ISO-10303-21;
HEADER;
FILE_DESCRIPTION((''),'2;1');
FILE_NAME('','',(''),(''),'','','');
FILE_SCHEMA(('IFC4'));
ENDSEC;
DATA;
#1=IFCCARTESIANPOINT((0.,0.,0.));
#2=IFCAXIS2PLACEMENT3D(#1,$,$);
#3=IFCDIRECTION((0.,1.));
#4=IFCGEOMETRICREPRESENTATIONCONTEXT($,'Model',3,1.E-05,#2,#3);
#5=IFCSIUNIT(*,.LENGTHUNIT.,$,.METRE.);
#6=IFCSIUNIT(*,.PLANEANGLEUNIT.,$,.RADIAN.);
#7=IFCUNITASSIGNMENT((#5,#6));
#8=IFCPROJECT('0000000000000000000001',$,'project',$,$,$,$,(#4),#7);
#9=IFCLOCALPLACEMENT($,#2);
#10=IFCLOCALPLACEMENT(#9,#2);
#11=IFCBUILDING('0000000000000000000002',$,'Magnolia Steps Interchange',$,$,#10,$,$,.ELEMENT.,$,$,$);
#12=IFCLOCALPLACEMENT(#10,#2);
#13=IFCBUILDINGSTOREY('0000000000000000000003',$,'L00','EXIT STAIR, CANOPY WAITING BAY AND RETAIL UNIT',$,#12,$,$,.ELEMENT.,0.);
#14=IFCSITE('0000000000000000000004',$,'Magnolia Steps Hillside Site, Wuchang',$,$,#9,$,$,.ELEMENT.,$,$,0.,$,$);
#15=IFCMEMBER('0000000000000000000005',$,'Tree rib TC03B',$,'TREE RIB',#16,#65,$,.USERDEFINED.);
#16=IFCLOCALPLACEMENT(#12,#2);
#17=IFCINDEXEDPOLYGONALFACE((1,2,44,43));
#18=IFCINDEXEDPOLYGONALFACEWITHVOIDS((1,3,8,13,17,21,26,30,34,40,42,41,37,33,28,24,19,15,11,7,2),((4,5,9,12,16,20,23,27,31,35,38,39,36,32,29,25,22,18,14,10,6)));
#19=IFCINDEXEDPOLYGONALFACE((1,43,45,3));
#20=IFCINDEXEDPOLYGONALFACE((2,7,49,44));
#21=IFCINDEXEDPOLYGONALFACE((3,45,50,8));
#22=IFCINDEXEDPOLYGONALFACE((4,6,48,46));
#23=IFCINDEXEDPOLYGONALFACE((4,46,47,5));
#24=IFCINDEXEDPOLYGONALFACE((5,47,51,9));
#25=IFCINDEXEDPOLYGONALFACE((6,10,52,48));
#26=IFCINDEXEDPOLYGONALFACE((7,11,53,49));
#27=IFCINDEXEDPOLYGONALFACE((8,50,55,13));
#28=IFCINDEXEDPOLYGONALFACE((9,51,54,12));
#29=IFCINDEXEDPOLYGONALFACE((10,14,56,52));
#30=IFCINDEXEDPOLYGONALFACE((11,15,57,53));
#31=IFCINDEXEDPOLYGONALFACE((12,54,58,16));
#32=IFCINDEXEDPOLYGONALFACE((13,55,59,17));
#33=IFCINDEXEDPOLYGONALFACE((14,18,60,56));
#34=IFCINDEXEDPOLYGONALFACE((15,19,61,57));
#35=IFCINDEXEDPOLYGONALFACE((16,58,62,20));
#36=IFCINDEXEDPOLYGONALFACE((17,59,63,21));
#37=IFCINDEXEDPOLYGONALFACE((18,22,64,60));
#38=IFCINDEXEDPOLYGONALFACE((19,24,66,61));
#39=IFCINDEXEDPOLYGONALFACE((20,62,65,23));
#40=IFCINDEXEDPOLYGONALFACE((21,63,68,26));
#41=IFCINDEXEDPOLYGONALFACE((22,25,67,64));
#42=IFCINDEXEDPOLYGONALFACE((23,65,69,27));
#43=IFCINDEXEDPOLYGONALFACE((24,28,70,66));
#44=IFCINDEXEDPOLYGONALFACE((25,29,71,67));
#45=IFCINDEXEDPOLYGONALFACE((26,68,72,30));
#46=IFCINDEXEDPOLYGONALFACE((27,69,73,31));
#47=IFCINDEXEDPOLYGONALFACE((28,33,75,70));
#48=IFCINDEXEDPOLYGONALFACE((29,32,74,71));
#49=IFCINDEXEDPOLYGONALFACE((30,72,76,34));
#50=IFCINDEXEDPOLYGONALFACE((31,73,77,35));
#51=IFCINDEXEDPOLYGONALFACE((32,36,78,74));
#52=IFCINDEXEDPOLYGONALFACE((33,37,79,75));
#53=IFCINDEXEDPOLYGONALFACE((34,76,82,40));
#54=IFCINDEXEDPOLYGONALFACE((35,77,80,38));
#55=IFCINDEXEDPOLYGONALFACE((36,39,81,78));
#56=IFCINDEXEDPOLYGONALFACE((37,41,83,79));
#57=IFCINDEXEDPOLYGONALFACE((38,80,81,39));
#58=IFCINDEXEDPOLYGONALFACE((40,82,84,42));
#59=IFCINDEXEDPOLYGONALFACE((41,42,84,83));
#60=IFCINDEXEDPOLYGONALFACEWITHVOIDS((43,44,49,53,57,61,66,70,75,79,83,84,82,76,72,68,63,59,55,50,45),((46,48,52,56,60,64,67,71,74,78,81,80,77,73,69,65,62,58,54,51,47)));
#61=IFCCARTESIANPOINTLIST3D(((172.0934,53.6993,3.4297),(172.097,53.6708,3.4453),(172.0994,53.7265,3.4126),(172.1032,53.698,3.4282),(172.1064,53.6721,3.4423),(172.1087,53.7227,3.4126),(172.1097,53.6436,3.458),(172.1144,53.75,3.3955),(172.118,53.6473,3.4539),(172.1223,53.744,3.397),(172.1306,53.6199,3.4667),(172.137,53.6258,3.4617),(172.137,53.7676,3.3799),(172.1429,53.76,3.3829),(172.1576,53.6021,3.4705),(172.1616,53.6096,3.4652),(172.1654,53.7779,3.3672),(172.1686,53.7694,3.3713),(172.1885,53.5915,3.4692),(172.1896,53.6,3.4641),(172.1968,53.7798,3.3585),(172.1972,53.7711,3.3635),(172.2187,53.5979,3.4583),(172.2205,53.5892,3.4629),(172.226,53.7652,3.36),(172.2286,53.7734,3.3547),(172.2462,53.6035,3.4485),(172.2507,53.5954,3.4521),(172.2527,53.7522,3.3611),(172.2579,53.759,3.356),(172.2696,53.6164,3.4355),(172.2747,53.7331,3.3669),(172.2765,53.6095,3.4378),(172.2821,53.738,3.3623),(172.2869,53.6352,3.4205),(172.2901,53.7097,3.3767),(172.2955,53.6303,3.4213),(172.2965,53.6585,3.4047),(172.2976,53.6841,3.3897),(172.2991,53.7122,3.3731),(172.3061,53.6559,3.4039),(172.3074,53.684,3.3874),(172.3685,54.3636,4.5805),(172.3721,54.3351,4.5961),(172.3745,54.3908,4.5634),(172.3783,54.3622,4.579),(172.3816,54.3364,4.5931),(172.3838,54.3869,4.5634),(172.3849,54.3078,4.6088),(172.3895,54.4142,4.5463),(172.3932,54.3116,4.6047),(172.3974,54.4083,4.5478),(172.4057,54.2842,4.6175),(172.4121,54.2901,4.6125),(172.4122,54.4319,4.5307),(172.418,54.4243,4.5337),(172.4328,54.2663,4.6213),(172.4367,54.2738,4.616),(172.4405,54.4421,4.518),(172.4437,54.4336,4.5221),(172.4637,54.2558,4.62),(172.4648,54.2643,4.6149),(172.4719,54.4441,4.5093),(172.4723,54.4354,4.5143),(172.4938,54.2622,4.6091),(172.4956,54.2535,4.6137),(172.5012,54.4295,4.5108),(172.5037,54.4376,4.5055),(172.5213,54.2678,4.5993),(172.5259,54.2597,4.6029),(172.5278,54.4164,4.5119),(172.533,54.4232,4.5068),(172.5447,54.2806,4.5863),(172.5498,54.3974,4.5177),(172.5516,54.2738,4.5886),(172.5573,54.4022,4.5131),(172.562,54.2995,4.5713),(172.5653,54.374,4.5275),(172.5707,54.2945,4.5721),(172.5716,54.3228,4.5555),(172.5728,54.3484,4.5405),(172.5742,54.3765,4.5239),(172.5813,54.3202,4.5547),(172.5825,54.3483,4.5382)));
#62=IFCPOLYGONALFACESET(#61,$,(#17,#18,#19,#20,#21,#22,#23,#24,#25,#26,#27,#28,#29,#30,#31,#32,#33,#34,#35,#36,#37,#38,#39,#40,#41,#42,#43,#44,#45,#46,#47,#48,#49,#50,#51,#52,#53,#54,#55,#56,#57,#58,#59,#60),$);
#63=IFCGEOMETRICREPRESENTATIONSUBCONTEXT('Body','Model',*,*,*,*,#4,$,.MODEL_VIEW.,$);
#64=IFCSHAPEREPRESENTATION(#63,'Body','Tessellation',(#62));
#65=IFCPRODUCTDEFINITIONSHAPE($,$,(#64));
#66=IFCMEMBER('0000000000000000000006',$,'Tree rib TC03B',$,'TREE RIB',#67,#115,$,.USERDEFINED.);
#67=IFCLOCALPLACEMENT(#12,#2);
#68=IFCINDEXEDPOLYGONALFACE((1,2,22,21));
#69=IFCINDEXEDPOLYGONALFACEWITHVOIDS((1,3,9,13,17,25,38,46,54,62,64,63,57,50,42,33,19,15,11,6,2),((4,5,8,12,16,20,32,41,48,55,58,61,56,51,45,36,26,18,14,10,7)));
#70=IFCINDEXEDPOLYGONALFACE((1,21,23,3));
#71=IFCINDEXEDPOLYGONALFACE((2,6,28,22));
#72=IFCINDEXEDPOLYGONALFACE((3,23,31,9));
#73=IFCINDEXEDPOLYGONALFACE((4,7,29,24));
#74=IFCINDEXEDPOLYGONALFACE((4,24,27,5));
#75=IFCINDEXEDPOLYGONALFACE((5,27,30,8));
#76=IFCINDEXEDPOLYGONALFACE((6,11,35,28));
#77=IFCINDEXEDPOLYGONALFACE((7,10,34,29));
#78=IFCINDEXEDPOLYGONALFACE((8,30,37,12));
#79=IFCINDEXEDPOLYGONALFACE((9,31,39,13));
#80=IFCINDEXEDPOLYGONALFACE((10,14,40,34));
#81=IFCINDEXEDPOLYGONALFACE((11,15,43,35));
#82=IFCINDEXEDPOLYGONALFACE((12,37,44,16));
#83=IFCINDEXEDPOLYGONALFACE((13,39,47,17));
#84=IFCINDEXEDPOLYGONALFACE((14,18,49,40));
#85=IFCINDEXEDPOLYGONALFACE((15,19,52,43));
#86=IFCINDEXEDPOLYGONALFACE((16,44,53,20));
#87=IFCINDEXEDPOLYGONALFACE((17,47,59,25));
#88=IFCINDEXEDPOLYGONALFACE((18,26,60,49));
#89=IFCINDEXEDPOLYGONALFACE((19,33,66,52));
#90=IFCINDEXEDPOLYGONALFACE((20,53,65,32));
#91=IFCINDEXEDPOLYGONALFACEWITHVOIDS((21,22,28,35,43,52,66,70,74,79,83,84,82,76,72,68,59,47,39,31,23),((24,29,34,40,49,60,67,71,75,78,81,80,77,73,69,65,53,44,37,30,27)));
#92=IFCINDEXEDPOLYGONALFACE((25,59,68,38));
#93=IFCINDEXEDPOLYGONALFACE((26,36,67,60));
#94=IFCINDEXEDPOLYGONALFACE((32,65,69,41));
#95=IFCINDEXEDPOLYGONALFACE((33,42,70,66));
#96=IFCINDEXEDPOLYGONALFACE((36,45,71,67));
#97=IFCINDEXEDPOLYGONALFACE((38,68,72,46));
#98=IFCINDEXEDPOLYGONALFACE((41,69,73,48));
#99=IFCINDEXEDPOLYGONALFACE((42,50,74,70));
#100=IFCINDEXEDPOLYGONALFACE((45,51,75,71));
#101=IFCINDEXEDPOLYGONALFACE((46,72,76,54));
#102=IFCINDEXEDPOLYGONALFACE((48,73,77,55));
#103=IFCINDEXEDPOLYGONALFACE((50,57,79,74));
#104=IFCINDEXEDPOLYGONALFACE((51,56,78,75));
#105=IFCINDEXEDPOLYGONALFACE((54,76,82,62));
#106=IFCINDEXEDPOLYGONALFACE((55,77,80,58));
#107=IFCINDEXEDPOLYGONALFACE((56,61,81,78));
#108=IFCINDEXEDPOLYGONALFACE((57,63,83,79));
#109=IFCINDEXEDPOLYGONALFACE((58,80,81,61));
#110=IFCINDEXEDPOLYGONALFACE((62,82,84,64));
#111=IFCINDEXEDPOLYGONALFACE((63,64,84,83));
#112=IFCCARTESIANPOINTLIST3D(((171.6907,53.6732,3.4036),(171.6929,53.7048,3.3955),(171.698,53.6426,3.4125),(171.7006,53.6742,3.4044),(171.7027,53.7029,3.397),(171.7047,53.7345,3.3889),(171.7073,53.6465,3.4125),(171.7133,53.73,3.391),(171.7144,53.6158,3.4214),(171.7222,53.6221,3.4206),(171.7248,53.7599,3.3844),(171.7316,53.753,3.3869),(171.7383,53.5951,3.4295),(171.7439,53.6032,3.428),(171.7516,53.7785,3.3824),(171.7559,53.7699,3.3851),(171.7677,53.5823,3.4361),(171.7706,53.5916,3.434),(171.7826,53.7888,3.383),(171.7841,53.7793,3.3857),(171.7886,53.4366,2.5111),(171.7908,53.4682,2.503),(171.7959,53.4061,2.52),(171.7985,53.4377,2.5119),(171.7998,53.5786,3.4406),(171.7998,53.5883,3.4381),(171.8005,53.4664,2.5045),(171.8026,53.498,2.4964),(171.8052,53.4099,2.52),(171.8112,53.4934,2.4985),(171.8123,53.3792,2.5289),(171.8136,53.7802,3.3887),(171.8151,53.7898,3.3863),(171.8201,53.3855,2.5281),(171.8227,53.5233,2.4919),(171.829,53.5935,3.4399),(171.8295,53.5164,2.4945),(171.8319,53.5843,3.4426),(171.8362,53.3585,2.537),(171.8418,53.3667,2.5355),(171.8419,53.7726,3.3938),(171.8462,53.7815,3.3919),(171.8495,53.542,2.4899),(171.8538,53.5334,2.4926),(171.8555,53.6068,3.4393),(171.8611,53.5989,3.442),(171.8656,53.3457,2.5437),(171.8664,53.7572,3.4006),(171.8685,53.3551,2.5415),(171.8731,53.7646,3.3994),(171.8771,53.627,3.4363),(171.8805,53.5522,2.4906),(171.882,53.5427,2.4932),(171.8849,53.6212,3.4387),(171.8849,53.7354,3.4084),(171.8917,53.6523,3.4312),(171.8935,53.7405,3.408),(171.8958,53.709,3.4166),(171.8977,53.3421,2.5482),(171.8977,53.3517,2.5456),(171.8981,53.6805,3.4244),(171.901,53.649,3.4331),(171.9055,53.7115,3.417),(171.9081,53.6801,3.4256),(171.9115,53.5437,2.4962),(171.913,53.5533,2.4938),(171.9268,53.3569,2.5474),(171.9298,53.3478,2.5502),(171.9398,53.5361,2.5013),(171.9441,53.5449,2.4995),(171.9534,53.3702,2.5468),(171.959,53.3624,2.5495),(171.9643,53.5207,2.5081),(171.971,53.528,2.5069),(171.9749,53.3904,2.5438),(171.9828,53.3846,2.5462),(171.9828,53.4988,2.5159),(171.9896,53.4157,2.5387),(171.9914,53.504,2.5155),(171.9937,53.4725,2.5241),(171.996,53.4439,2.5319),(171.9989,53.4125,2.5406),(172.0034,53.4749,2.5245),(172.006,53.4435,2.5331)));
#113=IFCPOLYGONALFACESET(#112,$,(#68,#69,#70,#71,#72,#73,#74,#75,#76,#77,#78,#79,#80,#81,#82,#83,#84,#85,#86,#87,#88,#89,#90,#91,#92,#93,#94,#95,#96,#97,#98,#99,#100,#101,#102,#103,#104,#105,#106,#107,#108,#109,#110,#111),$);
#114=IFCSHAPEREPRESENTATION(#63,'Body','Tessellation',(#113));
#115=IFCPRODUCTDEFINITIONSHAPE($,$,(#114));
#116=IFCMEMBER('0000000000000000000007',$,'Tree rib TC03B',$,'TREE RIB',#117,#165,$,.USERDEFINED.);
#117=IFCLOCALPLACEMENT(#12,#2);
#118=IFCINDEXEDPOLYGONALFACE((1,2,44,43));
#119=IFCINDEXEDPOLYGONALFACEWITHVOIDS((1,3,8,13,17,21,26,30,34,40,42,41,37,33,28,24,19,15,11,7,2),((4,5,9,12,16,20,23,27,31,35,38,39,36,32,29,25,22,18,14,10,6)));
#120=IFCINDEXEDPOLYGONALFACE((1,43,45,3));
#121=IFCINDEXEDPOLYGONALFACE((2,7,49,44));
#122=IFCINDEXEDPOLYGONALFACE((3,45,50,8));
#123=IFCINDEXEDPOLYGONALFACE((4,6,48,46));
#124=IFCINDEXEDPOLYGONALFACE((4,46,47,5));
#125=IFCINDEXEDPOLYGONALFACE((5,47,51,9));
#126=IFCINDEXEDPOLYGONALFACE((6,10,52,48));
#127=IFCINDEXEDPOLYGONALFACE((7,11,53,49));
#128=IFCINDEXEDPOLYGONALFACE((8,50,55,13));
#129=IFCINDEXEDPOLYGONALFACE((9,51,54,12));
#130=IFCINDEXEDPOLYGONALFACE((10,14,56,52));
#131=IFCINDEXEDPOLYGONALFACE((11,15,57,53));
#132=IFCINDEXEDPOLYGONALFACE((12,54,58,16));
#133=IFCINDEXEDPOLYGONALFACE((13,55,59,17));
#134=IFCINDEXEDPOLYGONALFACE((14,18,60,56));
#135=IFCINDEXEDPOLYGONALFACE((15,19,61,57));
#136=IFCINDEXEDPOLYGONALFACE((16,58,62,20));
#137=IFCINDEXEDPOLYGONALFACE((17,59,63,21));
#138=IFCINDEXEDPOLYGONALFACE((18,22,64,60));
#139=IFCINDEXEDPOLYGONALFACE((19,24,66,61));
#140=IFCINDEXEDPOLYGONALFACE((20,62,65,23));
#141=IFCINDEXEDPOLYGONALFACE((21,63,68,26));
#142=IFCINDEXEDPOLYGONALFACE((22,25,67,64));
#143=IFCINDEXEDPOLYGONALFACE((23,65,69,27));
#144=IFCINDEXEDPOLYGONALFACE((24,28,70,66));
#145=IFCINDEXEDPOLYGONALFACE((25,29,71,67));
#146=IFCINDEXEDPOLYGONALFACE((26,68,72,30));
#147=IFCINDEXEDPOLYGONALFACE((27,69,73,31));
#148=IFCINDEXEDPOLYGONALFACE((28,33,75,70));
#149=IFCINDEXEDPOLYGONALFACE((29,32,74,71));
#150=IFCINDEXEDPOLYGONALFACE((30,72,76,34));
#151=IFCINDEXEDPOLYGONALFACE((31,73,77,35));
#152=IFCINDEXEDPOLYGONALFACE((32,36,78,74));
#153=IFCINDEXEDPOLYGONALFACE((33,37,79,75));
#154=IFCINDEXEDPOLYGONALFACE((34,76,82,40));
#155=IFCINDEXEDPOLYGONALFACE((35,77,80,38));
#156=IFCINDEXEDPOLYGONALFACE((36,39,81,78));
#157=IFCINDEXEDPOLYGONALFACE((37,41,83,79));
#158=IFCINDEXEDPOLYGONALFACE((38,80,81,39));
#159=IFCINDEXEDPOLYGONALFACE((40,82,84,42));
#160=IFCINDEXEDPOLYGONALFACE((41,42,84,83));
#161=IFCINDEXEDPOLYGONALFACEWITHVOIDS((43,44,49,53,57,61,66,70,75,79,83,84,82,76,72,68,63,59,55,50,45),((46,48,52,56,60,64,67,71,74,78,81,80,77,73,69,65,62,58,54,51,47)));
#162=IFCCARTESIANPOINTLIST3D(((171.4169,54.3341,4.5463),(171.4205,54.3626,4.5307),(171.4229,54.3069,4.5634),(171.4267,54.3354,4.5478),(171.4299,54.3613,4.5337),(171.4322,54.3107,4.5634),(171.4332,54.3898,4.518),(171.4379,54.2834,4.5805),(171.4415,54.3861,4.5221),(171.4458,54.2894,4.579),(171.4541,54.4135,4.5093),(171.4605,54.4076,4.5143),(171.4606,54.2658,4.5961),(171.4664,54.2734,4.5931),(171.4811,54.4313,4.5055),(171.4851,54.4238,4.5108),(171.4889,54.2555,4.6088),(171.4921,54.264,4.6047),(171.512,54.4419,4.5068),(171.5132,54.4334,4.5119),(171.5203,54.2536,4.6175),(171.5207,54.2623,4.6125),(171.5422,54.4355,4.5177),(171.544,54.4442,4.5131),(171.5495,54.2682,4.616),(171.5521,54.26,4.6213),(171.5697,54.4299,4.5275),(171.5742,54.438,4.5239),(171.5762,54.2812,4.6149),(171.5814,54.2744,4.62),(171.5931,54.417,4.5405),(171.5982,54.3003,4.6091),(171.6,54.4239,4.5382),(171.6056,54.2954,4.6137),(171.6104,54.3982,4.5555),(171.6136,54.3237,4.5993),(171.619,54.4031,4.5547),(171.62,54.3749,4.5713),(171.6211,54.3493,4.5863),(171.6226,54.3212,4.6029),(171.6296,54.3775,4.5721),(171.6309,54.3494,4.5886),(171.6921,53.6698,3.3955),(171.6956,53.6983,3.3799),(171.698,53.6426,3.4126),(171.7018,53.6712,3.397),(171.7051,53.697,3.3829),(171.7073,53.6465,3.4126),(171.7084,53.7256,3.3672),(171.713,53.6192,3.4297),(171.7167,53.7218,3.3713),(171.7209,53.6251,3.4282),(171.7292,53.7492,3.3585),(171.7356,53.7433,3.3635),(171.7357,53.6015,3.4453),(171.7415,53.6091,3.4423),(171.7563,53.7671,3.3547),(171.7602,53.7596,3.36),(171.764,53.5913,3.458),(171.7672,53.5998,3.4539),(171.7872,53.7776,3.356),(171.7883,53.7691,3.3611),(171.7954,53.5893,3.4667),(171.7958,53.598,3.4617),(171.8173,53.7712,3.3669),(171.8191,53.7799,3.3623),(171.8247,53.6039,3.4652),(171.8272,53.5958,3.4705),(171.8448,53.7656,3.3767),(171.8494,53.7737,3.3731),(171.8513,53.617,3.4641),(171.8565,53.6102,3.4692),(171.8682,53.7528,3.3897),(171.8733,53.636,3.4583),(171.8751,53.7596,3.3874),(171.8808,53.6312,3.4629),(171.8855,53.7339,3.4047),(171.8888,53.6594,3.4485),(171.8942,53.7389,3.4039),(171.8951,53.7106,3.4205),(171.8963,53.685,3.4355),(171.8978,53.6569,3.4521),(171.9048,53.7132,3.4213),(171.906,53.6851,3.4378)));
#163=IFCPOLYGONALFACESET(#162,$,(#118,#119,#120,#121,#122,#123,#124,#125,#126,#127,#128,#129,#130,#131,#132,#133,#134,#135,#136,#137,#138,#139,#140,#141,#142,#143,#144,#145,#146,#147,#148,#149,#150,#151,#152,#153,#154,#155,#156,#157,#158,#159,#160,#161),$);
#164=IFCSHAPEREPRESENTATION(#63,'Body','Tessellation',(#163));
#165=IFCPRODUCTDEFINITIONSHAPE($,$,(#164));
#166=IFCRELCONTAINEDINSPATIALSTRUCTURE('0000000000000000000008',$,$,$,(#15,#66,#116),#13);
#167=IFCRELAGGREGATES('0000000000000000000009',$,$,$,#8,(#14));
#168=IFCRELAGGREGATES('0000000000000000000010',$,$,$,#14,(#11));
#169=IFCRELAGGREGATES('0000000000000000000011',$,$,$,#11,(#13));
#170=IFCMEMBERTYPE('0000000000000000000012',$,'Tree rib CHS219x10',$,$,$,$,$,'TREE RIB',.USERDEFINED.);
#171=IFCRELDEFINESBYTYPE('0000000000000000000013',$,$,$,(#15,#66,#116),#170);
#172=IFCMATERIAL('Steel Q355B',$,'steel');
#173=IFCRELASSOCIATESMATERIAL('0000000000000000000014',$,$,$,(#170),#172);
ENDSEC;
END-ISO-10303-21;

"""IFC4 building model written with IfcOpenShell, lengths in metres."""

from ifc_helpers import new_model, si_unit, direction, frame, origin, origin_2d, place, context, subcontext, project, spatial, hollow_circle, extrude, material, material_profile, profile_set, type_object, element, save


model = new_model("IFC4")

# Units and contexts
model_context = context("Model", 3, precision=1e-05, world=origin(), true_north=direction((0.0, 1.0)))
body_context = subcontext(model_context, "Body", "Model", "MODEL_VIEW")
ifc_project = project(units=[si_unit("LENGTHUNIT", "METRE"), si_unit("PLANEANGLEUNIT", "RADIAN")], contexts=[model_context])

# Site, building, storey
site_placement = place(None, origin())
site = spatial("IfcSite", under=ifc_project, at=site_placement, Name="Magnolia Steps Hillside Site, Wuchang", CompositionType="ELEMENT", RefElevation=0.0)
building_placement = place(site_placement, origin())
building = spatial("IfcBuilding", under=site, at=building_placement, Name="Magnolia Steps Interchange", CompositionType="ELEMENT")
storey_placement = place(building_placement, origin())
storey = spatial("IfcBuildingStorey", under=building, at=storey_placement, Name="L00", Description="EXIT STAIR, CANOPY WAITING BAY AND RETAIL UNIT", CompositionType="ELEMENT", Elevation=0.0)

# Members
ifc_material_1 = material(Name="Steel Q355B", Category="steel")
ifc_material_profile_1 = material_profile(ifc_material_1, hollow_circle(Radius=0.1096, WallThickness=0.01, at=origin_2d()), Name="CHS219x10")
ifc_profile_set_1 = profile_set([ifc_material_profile_1], Name="Steel Q355B")
member_type = type_object("IfcMemberType", Name="Tree rib CHS219x10", ElementType="TREE RIB", PredefinedType="USERDEFINED", material=ifc_profile_set_1)
member_1_placement = place(storey_placement, frame((172.2007, 53.6846, 3.4126), z_axis=(0.202756, 0.48953, 0.848086), x_axis=(-0.923889, 0.382662, 0.0)))
element("IfcMember", 1, at=member_1_placement, inside=storey, type_object=member_type, Name="Tree rib TC03B", ObjectType="TREE RIB", PredefinedType="USERDEFINED", context=body_context, shape_type="SweptSolid", body=[
    extrude(hollow_circle(Radius=0.1096, WallThickness=0.01, at=origin_2d()), origin(), (0.0, 0.0, 1.0), 1.3569),
])
member_2_placement = place(storey_placement, frame((171.8972, 53.448, 2.52), z_axis=(-0.105431, 0.25477, 0.961237), x_axis=(-0.924005, -0.38238, 0.0)))
element("IfcMember", 2, at=member_2_placement, inside=storey, type_object=member_type, Name="Tree rib TC03B", ObjectType="TREE RIB", PredefinedType="USERDEFINED", context=body_context, shape_type="SweptSolid", body=[
    extrude(hollow_circle(Radius=0.1096, WallThickness=0.01, at=origin_2d()), origin(), (0.0, 0.0, 1.0), 0.9285),
])
member_3_placement = place(storey_placement, frame((171.7993, 53.6846, 3.4126), z_axis=(-0.202756, 0.48953, 0.848086), x_axis=(-0.923889, -0.382662, 0.0)))
element("IfcMember", 3, at=member_3_placement, inside=storey, type_object=member_type, Name="Tree rib TC03B", ObjectType="TREE RIB", PredefinedType="USERDEFINED", context=body_context, shape_type="SweptSolid", body=[
    extrude(hollow_circle(Radius=0.1096, WallThickness=0.01, at=origin_2d()), origin(), (0.0, 0.0, 1.0), 1.3569),
])

save(model, "model.ifc")
